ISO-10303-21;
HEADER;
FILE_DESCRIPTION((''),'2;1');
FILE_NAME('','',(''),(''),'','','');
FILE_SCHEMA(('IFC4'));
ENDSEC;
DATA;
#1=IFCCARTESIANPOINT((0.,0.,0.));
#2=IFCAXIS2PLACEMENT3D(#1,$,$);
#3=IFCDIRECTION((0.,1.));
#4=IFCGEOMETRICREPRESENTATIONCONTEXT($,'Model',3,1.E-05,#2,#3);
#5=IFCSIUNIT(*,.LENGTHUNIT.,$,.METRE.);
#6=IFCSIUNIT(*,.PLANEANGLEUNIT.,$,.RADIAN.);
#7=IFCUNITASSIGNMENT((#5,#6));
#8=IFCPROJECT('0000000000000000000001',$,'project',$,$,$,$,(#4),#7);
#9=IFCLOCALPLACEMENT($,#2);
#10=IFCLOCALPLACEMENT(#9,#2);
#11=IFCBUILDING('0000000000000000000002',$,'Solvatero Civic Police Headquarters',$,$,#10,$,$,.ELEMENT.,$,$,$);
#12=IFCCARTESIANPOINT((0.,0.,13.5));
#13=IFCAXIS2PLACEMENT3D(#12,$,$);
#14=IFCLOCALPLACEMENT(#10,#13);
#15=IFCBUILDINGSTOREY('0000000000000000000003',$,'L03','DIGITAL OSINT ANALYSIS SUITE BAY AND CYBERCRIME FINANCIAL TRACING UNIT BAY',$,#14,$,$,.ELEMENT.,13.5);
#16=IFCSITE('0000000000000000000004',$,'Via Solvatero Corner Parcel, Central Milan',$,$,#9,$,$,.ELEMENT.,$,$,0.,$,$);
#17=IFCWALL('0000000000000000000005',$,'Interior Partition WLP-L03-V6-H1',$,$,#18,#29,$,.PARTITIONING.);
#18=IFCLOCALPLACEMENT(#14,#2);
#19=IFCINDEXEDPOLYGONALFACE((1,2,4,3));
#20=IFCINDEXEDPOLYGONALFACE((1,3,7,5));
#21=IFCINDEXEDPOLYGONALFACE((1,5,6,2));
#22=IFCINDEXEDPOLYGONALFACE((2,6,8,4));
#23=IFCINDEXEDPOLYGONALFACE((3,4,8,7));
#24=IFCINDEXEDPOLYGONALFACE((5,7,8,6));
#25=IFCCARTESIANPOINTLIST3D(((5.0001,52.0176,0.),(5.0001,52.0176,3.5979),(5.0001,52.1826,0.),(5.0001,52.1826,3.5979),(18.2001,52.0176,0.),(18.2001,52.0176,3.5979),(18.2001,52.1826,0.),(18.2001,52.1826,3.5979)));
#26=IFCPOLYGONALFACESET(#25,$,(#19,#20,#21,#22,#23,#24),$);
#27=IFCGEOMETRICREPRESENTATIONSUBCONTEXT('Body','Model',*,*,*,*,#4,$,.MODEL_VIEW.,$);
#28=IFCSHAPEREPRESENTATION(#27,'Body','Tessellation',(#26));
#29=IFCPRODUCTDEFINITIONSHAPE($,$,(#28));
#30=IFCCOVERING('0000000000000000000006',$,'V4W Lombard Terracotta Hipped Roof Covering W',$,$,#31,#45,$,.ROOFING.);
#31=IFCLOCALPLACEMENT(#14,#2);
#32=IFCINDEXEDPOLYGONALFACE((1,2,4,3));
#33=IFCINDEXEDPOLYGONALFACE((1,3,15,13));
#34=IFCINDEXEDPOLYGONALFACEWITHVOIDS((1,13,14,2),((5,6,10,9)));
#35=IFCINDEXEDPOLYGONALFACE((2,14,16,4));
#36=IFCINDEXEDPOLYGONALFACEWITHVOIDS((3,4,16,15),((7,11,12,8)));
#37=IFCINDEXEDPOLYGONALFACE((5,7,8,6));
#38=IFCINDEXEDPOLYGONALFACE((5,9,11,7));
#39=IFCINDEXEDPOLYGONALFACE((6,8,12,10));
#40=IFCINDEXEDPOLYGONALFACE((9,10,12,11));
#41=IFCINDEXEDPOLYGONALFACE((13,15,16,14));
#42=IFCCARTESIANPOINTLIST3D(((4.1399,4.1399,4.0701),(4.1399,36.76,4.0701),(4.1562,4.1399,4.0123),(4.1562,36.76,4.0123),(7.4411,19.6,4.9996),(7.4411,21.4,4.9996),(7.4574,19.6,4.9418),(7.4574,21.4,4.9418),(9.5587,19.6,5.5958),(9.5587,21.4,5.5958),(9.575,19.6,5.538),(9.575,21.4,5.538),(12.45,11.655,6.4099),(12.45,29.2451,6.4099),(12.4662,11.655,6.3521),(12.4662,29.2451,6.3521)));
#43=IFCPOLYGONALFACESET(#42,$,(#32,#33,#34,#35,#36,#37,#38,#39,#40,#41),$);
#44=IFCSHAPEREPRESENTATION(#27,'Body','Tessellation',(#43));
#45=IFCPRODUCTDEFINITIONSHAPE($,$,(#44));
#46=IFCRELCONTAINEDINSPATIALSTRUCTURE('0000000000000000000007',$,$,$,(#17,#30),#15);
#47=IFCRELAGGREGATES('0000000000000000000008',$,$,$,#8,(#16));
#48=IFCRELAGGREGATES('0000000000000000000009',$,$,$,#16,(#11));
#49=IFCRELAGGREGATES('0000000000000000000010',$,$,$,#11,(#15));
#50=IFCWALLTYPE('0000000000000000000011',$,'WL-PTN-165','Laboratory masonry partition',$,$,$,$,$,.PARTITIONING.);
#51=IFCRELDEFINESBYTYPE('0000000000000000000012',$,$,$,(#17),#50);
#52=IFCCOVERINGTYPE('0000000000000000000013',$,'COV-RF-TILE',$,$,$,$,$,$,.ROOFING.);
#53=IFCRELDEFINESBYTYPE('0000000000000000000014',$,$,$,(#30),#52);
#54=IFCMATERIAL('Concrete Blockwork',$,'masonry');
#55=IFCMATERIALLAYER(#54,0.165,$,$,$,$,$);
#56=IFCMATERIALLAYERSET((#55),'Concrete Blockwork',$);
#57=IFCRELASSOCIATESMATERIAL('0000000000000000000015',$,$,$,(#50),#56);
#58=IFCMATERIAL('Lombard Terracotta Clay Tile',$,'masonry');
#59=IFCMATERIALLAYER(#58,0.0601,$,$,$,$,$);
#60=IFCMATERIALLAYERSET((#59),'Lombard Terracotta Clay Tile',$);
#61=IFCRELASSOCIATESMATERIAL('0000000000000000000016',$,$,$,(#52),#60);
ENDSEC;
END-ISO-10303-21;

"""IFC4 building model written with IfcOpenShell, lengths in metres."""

from ifc_helpers import new_model, si_unit, direction, frame, frame_2d, origin, origin_2d, place, context, subcontext, project, spatial, polyline, rectangle, outline, extrude, material, layer, layer_set, type_object, element, save


model = new_model("IFC4")

# Units and contexts
model_context = context("Model", 3, precision=1e-05, world=origin(), true_north=direction((0.0, 1.0)))
body_context = subcontext(model_context, "Body", "Model", "MODEL_VIEW")
ifc_project = project(units=[si_unit("LENGTHUNIT", "METRE"), si_unit("PLANEANGLEUNIT", "RADIAN")], contexts=[model_context])

# Site, building, storey
site_placement = place(None, origin())
site = spatial("IfcSite", under=ifc_project, at=site_placement, Name="Via Solvatero Corner Parcel, Central Milan", CompositionType="ELEMENT", RefElevation=0.0)
building_placement = place(site_placement, origin())
building = spatial("IfcBuilding", under=site, at=building_placement, Name="Solvatero Civic Police Headquarters", CompositionType="ELEMENT")
storey_placement = place(building_placement, frame((0.0, 0.0, 13.5)))
storey = spatial("IfcBuildingStorey", under=building, at=storey_placement, Name="L03", Description="DIGITAL OSINT ANALYSIS SUITE BAY AND CYBERCRIME FINANCIAL TRACING UNIT BAY", CompositionType="ELEMENT", Elevation=13.5)

# Wall
ifc_material_1 = material(Name="Concrete Blockwork", Category="masonry")
ifc_layer_1 = layer(ifc_material_1, 0.165)
ifc_layer_set_1 = layer_set([ifc_layer_1], Name="Concrete Blockwork")
wall_type_1 = type_object("IfcWallType", Name="WL-PTN-165", Description="Laboratory masonry partition", PredefinedType="PARTITIONING", material=ifc_layer_set_1)
wall_1_placement = place(storey_placement, frame((5.0, 52.1001, 0.0), z_axis=(0.0, 0.0, 1.0), x_axis=(1.0, 0.0, 0.0)))
element("IfcWall", 1, at=wall_1_placement, inside=storey, type_object=wall_type_1, Name="Interior Partition WLP-L03-V6-H1", PredefinedType="PARTITIONING", context=body_context, shape_type="SweptSolid", body=[
    extrude(rectangle(XDim=13.2, YDim=0.165, at=frame_2d((6.6001, 0.0))), origin(), (0.0, 0.0, 1.0), 3.5979),
])

# Covering, opening
ifc_material_2 = material(Name="Lombard Terracotta Clay Tile", Category="masonry")
ifc_layer_2 = layer(ifc_material_2, 0.0601)
ifc_layer_set_2 = layer_set([ifc_layer_2], Name="Lombard Terracotta Clay Tile")
covering_type = type_object("IfcCoveringType", Name="COV-RF-TILE", PredefinedType="ROOFING", material=ifc_layer_set_2)
covering_placement = place(storey_placement, frame((4.1399, 36.76, 4.0701), z_axis=(-0.271029, 0.0, 0.962571), x_axis=(0.0, -1.0, 0.0)))
covering = element("IfcCovering", 2, at=covering_placement, inside=storey, type_object=covering_type, Name="V4W Lombard Terracotta Hipped Roof Covering W", PredefinedType="ROOFING", context=body_context, shape_type="SweptSolid", body=[
    extrude(outline(polyline([(0.0, 0.0), (32.6201, 0.0), (25.105, 8.6332), (7.5149, 8.6332), (0.0, 0.0)])), origin(), (0.0, 0.0, -1.0), 0.0601),
])
opening_1_placement = place(covering_placement, frame((16.26, 4.5295, 0.0)))
element("IfcOpeningElement", 3, at=opening_1_placement, cuts=covering, PredefinedType="OPENING", context=body_context, shape_type="SweptSolid", body=[
    extrude(rectangle(XDim=1.8, YDim=2.2, at=origin_2d()), frame((0.0, 0.0, -0.1802)), (0.0, 0.0, 1.0), 0.3),
])

save(model, "model.ifc")
